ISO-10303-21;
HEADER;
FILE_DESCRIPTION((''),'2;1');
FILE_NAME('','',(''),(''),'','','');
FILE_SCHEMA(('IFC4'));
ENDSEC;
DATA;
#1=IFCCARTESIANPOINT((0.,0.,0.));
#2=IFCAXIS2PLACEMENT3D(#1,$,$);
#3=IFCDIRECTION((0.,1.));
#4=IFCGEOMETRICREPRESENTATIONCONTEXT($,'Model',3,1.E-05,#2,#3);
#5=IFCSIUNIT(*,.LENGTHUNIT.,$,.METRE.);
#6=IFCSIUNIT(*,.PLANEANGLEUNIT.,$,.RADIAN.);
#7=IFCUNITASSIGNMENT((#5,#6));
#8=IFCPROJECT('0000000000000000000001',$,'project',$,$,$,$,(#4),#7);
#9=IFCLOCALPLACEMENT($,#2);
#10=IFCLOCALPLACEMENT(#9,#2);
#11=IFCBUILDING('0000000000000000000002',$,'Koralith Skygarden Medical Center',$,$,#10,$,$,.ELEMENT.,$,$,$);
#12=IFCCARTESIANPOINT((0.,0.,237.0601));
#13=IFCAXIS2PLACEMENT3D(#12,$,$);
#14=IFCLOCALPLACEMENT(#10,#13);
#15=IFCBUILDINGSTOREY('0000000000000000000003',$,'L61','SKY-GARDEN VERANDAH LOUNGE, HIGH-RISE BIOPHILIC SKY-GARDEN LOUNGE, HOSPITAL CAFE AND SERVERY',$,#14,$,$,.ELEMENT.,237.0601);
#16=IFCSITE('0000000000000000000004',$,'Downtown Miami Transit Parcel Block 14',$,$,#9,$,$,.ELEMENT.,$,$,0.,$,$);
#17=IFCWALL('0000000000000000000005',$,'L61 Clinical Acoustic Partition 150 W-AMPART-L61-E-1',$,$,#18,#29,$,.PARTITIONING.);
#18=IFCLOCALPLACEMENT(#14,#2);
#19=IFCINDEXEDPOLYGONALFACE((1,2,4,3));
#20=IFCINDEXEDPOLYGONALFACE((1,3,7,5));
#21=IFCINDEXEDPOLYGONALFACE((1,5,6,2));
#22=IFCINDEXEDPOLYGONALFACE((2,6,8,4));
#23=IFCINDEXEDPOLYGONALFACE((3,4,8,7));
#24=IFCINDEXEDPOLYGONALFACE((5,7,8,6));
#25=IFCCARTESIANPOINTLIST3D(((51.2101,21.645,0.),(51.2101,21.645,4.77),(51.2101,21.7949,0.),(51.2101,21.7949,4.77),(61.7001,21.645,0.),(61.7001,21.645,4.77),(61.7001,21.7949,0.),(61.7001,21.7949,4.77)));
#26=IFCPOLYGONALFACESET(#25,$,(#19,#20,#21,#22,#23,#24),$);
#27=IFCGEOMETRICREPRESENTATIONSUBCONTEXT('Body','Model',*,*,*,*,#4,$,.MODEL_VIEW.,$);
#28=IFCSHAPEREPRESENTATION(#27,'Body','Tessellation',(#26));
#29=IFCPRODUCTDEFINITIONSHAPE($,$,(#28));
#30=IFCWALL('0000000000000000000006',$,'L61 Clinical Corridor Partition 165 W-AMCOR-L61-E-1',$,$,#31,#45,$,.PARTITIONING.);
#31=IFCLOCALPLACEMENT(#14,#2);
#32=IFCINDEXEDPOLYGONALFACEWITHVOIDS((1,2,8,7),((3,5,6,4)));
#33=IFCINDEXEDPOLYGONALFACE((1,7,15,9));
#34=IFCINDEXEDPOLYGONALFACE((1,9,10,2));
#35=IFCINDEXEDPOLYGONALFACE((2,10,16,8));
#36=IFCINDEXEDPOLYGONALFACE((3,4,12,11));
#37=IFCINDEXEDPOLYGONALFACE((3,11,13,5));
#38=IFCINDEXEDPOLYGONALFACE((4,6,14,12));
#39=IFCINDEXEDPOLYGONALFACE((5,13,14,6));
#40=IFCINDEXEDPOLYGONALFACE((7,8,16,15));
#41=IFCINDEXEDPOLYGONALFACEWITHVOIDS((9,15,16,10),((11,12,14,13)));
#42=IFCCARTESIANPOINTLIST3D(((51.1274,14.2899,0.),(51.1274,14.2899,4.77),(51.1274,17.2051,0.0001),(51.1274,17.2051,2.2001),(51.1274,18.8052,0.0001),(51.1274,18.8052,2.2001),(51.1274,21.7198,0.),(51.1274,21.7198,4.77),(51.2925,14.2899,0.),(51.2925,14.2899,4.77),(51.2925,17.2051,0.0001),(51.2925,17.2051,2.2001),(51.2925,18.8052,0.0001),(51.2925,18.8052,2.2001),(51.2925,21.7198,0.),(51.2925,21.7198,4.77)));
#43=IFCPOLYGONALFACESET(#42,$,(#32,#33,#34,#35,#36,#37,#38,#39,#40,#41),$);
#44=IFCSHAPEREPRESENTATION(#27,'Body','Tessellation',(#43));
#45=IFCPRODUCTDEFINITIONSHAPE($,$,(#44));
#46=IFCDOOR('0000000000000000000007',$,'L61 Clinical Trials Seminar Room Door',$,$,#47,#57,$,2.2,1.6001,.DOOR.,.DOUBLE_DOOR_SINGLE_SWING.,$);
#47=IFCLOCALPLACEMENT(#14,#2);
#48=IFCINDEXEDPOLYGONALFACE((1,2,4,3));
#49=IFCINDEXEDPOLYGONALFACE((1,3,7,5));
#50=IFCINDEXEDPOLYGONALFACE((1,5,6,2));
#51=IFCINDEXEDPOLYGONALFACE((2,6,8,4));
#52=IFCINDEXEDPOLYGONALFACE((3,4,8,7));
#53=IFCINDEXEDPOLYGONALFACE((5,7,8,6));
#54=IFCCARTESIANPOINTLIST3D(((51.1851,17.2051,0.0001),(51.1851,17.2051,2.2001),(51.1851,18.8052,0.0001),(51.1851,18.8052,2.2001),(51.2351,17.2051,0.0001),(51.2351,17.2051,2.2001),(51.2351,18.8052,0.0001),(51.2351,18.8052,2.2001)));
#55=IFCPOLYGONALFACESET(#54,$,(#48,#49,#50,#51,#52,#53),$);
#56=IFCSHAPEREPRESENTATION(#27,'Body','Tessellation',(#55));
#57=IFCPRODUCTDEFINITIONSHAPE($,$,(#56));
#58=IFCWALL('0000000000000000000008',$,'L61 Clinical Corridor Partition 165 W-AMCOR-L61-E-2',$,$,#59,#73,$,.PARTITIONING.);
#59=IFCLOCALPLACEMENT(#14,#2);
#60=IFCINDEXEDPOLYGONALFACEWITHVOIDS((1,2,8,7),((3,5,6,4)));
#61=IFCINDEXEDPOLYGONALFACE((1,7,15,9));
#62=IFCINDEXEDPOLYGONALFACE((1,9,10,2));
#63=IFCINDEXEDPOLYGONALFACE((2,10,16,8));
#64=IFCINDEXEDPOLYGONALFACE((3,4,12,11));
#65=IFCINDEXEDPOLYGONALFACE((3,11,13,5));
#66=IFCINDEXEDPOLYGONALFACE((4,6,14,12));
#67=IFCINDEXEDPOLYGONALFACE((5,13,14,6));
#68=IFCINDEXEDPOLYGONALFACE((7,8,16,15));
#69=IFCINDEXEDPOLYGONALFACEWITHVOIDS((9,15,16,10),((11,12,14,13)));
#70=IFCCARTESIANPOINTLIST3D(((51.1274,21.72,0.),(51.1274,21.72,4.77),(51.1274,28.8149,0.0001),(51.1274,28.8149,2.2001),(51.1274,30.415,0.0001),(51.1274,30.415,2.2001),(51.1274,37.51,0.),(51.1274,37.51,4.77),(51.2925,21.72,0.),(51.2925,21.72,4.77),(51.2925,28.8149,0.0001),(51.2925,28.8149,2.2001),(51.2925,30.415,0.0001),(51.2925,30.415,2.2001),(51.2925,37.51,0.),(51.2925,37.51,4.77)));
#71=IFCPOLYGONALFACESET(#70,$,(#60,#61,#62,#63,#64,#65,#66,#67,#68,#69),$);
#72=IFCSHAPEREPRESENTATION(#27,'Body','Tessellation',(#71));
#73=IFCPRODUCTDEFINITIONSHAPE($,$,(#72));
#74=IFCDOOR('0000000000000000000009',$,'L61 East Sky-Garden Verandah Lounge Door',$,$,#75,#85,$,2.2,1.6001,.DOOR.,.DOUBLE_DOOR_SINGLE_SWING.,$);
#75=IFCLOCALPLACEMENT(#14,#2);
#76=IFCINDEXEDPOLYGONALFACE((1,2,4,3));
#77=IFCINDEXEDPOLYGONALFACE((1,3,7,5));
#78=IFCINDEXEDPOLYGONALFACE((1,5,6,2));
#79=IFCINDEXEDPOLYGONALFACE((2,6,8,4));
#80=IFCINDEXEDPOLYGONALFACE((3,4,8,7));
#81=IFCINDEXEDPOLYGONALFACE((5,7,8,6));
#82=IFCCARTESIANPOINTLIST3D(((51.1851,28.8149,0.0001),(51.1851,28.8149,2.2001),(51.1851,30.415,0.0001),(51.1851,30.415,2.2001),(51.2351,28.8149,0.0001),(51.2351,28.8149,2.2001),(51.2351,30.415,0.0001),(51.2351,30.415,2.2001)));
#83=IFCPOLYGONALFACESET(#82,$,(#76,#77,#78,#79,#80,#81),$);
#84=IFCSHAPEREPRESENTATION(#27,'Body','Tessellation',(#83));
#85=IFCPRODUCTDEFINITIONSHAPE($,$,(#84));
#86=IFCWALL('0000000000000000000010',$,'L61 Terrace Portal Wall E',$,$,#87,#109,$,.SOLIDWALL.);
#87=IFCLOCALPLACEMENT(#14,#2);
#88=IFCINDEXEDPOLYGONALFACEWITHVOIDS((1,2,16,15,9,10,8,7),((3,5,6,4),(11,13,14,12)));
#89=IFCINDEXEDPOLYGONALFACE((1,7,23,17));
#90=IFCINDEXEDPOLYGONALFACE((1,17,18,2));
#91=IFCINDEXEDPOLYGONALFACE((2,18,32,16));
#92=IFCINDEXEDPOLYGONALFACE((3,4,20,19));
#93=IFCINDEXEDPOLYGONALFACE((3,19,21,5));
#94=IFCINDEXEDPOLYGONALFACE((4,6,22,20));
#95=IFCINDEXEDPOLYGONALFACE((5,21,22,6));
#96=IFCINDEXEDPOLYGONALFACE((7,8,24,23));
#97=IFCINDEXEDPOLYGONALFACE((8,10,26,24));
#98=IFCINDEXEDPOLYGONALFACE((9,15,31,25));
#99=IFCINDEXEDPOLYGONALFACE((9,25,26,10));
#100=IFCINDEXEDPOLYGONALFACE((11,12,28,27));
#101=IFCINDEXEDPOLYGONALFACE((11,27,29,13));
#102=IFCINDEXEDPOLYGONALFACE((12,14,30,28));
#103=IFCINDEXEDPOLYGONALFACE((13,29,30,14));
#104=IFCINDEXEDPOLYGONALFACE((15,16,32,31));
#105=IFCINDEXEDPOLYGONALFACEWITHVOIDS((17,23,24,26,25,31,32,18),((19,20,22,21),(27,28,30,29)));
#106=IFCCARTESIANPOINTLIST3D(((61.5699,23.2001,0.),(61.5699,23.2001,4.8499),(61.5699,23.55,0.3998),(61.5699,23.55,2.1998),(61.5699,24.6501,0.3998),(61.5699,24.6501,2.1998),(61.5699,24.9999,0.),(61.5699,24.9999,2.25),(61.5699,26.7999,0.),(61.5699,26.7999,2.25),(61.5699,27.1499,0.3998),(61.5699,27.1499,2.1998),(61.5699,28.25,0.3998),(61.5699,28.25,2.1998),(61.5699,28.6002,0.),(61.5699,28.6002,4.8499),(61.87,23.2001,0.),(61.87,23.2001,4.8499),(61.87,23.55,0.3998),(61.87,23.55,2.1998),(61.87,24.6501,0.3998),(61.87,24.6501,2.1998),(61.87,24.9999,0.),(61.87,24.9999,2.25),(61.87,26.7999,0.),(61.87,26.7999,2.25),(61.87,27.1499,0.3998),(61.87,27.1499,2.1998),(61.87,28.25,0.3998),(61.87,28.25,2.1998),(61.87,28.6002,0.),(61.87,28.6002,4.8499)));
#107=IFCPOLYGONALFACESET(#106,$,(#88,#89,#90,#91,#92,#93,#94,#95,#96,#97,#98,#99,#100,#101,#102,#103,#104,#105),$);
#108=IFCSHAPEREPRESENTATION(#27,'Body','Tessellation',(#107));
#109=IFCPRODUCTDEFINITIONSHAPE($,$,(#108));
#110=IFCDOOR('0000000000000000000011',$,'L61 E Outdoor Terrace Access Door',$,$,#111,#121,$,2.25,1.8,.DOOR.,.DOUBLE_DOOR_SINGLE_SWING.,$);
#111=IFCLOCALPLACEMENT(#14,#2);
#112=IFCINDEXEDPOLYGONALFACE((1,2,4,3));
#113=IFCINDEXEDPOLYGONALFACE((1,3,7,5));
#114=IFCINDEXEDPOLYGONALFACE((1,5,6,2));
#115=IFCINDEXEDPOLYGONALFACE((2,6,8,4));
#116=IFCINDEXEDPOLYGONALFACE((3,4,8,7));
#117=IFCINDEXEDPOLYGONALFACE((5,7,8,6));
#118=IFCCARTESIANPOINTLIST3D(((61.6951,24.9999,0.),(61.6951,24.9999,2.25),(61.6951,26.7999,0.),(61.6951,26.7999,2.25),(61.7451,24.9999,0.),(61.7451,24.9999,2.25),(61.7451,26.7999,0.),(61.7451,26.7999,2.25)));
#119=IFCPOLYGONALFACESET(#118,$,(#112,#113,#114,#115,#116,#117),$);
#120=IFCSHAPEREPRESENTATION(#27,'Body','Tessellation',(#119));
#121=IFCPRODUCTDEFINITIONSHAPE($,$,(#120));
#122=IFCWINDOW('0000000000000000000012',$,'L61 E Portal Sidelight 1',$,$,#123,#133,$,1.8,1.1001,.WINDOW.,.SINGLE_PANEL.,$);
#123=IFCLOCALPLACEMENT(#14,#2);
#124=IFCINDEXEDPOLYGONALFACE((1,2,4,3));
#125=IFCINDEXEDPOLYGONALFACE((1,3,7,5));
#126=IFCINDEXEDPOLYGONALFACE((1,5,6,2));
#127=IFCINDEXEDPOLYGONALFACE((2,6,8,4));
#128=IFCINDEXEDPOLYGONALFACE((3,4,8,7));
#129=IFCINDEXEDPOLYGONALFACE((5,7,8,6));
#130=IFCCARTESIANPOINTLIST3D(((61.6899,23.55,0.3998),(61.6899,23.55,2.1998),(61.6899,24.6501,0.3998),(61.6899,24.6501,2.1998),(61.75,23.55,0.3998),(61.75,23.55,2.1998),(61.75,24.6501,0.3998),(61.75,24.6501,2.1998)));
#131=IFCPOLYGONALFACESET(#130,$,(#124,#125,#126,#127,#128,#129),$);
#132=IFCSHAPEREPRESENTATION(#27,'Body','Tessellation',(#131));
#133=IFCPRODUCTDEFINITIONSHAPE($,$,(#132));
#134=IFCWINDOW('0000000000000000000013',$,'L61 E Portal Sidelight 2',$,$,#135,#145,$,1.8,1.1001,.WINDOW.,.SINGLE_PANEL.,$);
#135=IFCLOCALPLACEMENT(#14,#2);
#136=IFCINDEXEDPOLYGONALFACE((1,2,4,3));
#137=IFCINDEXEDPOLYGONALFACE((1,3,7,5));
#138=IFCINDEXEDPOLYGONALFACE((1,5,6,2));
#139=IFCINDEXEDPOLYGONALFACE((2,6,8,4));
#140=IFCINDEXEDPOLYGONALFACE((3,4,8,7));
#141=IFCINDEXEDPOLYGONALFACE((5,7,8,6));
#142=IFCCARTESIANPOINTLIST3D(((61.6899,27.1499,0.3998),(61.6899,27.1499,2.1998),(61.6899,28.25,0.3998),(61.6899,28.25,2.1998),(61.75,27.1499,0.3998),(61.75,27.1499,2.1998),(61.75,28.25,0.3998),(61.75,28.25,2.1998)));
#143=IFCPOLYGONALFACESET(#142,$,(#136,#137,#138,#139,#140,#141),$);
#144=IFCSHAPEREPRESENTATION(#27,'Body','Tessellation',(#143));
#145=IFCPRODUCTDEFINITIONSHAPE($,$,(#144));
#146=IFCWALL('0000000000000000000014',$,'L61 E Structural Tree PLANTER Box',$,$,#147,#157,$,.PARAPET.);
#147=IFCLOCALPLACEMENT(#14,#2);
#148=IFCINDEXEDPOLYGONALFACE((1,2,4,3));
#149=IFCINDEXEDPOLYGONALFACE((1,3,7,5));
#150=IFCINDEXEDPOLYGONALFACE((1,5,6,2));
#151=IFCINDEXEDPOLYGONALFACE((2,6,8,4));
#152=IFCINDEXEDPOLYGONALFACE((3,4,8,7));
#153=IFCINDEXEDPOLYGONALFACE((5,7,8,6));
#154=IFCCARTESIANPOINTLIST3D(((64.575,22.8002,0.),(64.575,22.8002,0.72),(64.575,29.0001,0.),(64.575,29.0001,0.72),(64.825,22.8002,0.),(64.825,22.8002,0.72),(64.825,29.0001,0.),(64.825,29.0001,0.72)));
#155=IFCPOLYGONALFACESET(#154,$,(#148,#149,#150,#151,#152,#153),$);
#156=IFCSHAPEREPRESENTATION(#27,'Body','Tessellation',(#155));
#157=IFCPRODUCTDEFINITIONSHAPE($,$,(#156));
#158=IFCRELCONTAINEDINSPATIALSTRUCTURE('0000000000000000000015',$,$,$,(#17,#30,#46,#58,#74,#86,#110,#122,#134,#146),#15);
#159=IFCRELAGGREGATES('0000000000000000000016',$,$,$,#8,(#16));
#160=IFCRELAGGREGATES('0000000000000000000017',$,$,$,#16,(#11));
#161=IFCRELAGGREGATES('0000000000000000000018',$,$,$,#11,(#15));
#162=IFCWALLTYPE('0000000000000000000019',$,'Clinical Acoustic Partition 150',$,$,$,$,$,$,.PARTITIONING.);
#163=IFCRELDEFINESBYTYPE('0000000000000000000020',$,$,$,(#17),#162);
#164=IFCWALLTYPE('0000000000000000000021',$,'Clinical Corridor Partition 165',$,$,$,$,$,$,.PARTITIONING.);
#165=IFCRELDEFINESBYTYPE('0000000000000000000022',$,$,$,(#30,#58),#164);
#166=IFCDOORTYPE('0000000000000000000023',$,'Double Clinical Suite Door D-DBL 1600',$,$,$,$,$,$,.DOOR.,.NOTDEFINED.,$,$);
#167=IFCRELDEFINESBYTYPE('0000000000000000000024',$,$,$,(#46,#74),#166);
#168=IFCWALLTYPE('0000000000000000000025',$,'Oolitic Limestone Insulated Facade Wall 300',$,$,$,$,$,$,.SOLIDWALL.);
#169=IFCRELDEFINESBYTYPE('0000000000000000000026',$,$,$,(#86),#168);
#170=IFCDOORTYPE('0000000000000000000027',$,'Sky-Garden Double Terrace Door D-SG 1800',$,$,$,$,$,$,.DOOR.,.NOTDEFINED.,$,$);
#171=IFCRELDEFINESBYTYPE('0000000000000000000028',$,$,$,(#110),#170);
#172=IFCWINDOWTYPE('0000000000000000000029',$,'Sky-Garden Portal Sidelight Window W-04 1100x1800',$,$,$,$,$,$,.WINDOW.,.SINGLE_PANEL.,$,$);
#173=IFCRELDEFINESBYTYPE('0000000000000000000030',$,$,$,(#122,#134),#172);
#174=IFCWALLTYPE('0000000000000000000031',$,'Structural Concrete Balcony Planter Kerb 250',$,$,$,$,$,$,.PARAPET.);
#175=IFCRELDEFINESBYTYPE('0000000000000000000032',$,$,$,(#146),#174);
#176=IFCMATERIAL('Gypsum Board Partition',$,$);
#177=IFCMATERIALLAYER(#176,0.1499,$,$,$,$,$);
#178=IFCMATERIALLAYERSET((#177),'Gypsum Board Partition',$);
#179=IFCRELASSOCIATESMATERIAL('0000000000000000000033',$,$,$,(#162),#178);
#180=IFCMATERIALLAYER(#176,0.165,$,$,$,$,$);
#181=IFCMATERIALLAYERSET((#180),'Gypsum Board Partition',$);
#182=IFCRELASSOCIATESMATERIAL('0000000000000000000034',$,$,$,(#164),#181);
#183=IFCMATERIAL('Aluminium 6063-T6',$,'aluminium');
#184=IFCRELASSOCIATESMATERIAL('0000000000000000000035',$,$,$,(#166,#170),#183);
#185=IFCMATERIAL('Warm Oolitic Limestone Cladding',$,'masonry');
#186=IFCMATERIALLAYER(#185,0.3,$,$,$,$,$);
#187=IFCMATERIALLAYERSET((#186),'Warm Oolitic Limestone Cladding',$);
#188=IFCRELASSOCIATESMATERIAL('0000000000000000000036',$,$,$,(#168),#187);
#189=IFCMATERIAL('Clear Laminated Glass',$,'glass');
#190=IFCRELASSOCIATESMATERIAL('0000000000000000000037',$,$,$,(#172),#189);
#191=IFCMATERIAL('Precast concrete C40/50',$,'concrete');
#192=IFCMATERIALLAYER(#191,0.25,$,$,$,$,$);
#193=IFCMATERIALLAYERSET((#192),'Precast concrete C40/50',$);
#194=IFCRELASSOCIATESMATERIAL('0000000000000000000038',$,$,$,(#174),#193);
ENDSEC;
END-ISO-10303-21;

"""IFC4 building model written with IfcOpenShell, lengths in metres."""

from ifc_helpers import new_model, si_unit, direction, frame, frame_2d, origin, place, context, subcontext, project, spatial, rectangle, extrude, material, layer, layer_set, type_object, element, fill, save


model = new_model("IFC4")

# Units and contexts
model_context = context("Model", 3, precision=1e-05, world=origin(), true_north=direction((0.0, 1.0)))
body_context = subcontext(model_context, "Body", "Model", "MODEL_VIEW")
ifc_project = project(units=[si_unit("LENGTHUNIT", "METRE"), si_unit("PLANEANGLEUNIT", "RADIAN")], contexts=[model_context])

# Site, building, storey
site_placement = place(None, origin())
site = spatial("IfcSite", under=ifc_project, at=site_placement, Name="Downtown Miami Transit Parcel Block 14", CompositionType="ELEMENT", RefElevation=0.0)
building_placement = place(site_placement, origin())
building = spatial("IfcBuilding", under=site, at=building_placement, Name="Koralith Skygarden Medical Center", CompositionType="ELEMENT")
storey_placement = place(building_placement, frame((0.0, 0.0, 237.0601)))
storey = spatial("IfcBuildingStorey", under=building, at=storey_placement, Name="L61", Description="SKY-GARDEN VERANDAH LOUNGE, HIGH-RISE BIOPHILIC SKY-GARDEN LOUNGE, HOSPITAL CAFE AND SERVERY", CompositionType="ELEMENT", Elevation=237.0601)

# Shared definitions
ifc_material_1 = material(Name="Clear Laminated Glass", Category="glass")
ifc_material_2 = material(Name="Aluminium 6063-T6", Category="aluminium")

# Wall
ifc_material_3 = material(Name="Gypsum Board Partition")
ifc_layer_1 = layer(ifc_material_3, 0.1499)
ifc_layer_set_1 = layer_set([ifc_layer_1], Name="Gypsum Board Partition")
wall_type_1 = type_object("IfcWallType", Name="Clinical Acoustic Partition 150", PredefinedType="PARTITIONING", material=ifc_layer_set_1)
wall_1_placement = place(storey_placement, frame((51.21, 21.72, 0.0), z_axis=(0.0, 0.0, 1.0), x_axis=(1.0, 0.0, 0.0)))
element("IfcWall", 1, at=wall_1_placement, inside=storey, type_object=wall_type_1, Name="L61 Clinical Acoustic Partition 150 W-AMPART-L61-E-1", PredefinedType="PARTITIONING", context=body_context, shape_type="SweptSolid", body=[
    extrude(rectangle(XDim=10.49, YDim=0.1499, at=frame_2d((5.2451, 0.0))), origin(), (0.0, 0.0, 1.0), 4.77),
])

# Walls, openings, doors
ifc_layer_2 = layer(ifc_material_3, 0.165)
ifc_layer_set_2 = layer_set([ifc_layer_2], Name="Gypsum Board Partition")
wall_type_2 = type_object("IfcWallType", Name="Clinical Corridor Partition 165", PredefinedType="PARTITIONING", material=ifc_layer_set_2)
wall_2_placement = place(storey_placement, frame((51.21, 14.29, 0.0), z_axis=(0.0, 0.0, 1.0), x_axis=(0.0, 1.0, 0.0)))
wall_2 = element("IfcWall", 2, at=wall_2_placement, inside=storey, type_object=wall_type_2, Name="L61 Clinical Corridor Partition 165 W-AMCOR-L61-E-1", PredefinedType="PARTITIONING", context=body_context, shape_type="SweptSolid", body=[
    extrude(rectangle(XDim=7.4299, YDim=0.165, at=frame_2d((3.7148, 0.0))), origin(), (0.0, 0.0, 1.0), 4.77),
])
opening_1_placement = place(wall_2_placement, frame((2.915, 0.0, 0.0)))
opening_1 = element("IfcOpeningElement", 3, at=opening_1_placement, cuts=wall_2, PredefinedType="OPENING", context=body_context, shape_type="SweptSolid", body=[
    extrude(rectangle(XDim=1.6001, YDim=2.2, at=frame_2d((0.8, 1.1001))), frame((0.0, 0.0925, 0.0), z_axis=(0.0, -1.0, 0.0), x_axis=(1.0, 0.0, 0.0)), (0.0, 0.0, 1.0), 0.1851),
])
door_type_1 = type_object("IfcDoorType", Name="Double Clinical Suite Door D-DBL 1600", OperationType="NOTDEFINED", PredefinedType="DOOR", material=ifc_material_2)
door_1_placement = place(opening_1_placement, origin())
door_1 = element("IfcDoor", 4, at=door_1_placement, inside=storey, type_object=door_type_1, Name="L61 Clinical Trials Seminar Room Door", OperationType="DOUBLE_DOOR_SINGLE_SWING", OverallHeight=2.2, OverallWidth=1.6001, PredefinedType="DOOR", context=body_context, shape_type="SweptSolid", body=[
    extrude(rectangle(XDim=1.6001, YDim=2.2, at=frame_2d((0.8, 1.1001))), frame((0.0, 0.0249, 0.0), z_axis=(0.0, -1.0, 0.0), x_axis=(1.0, 0.0, 0.0)), (0.0, 0.0, 1.0), 0.05),
])
fill(opening_1, door_1)
wall_3_placement = place(storey_placement, frame((51.21, 21.72, 0.0), z_axis=(0.0, 0.0, 1.0), x_axis=(0.0, 1.0, 0.0)))
wall_3 = element("IfcWall", 5, at=wall_3_placement, inside=storey, type_object=wall_type_2, Name="L61 Clinical Corridor Partition 165 W-AMCOR-L61-E-2", PredefinedType="PARTITIONING", context=body_context, shape_type="SweptSolid", body=[
    extrude(rectangle(XDim=15.79, YDim=0.165, at=frame_2d((7.895, 0.0))), origin(), (0.0, 0.0, 1.0), 4.77),
])
opening_2_placement = place(wall_3_placement, frame((7.095, 0.0, 0.0)))
opening_2 = element("IfcOpeningElement", 6, at=opening_2_placement, cuts=wall_3, PredefinedType="OPENING", context=body_context, shape_type="SweptSolid", body=[
    extrude(rectangle(XDim=1.6001, YDim=2.2, at=frame_2d((0.8, 1.1001))), frame((0.0, 0.0925, 0.0), z_axis=(0.0, -1.0, 0.0), x_axis=(1.0, 0.0, 0.0)), (0.0, 0.0, 1.0), 0.1851),
])
door_2_placement = place(opening_2_placement, origin())
door_2 = element("IfcDoor", 7, at=door_2_placement, inside=storey, type_object=door_type_1, Name="L61 East Sky-Garden Verandah Lounge Door", OperationType="DOUBLE_DOOR_SINGLE_SWING", OverallHeight=2.2, OverallWidth=1.6001, PredefinedType="DOOR", context=body_context, shape_type="SweptSolid", body=[
    extrude(rectangle(XDim=1.6001, YDim=2.2, at=frame_2d((0.8, 1.1001))), frame((0.0, 0.0249, 0.0), z_axis=(0.0, -1.0, 0.0), x_axis=(1.0, 0.0, 0.0)), (0.0, 0.0, 1.0), 0.05),
])
fill(opening_2, door_2)

# Wall, openings, door, windows
ifc_material_4 = material(Name="Warm Oolitic Limestone Cladding", Category="masonry")
ifc_layer_3 = layer(ifc_material_4, 0.3)
ifc_layer_set_3 = layer_set([ifc_layer_3], Name="Warm Oolitic Limestone Cladding")
wall_type_3 = type_object("IfcWallType", Name="Oolitic Limestone Insulated Facade Wall 300", PredefinedType="SOLIDWALL", material=ifc_layer_set_3)
wall_4_placement = place(storey_placement, frame((61.72, 23.2, 0.0), z_axis=(0.0, 0.0, 1.0), x_axis=(0.0, 1.0, 0.0)))
wall_4 = element("IfcWall", 8, at=wall_4_placement, inside=storey, type_object=wall_type_3, Name="L61 Terrace Portal Wall E", PredefinedType="SOLIDWALL", context=body_context, shape_type="SweptSolid", body=[
    extrude(rectangle(XDim=5.4001, YDim=0.3, at=frame_2d((2.7002, 0.0))), origin(), (0.0, 0.0, 1.0), 4.8499),
])
opening_3_placement = place(wall_4_placement, frame((1.8, 0.0, 0.0)))
opening_3 = element("IfcOpeningElement", 9, at=opening_3_placement, cuts=wall_4, PredefinedType="OPENING", context=body_context, shape_type="SweptSolid", body=[
    extrude(rectangle(XDim=1.8, YDim=2.25, at=frame_2d((0.8999, 1.125))), frame((0.0, 0.1599, 0.0), z_axis=(0.0, -1.0, 0.0), x_axis=(1.0, 0.0, 0.0)), (0.0, 0.0, 1.0), 0.3201),
])
opening_4_placement = place(wall_4_placement, frame((0.3501, 0.0, 0.3999)))
opening_4 = element("IfcOpeningElement", 10, at=opening_4_placement, cuts=wall_4, PredefinedType="OPENING", context=body_context, shape_type="SweptSolid", body=[
    extrude(rectangle(XDim=1.1001, YDim=1.8, at=frame_2d((0.55, 0.8999))), frame((0.0, 0.1599, 0.0), z_axis=(0.0, -1.0, 0.0), x_axis=(1.0, 0.0, 0.0)), (0.0, 0.0, 1.0), 0.3201),
])
opening_5_placement = place(wall_4_placement, frame((3.95, 0.0, 0.3999)))
opening_5 = element("IfcOpeningElement", 11, at=opening_5_placement, cuts=wall_4, PredefinedType="OPENING", context=body_context, shape_type="SweptSolid", body=[
    extrude(rectangle(XDim=1.1001, YDim=1.8, at=frame_2d((0.55, 0.8999))), frame((0.0, 0.1599, 0.0), z_axis=(0.0, -1.0, 0.0), x_axis=(1.0, 0.0, 0.0)), (0.0, 0.0, 1.0), 0.3201),
])
door_type_2 = type_object("IfcDoorType", Name="Sky-Garden Double Terrace Door D-SG 1800", OperationType="NOTDEFINED", PredefinedType="DOOR", material=ifc_material_2)
door_3_placement = place(opening_3_placement, origin())
door_3 = element("IfcDoor", 12, at=door_3_placement, inside=storey, type_object=door_type_2, Name="L61 E Outdoor Terrace Access Door", OperationType="DOUBLE_DOOR_SINGLE_SWING", OverallHeight=2.25, OverallWidth=1.8, PredefinedType="DOOR", context=body_context, shape_type="SweptSolid", body=[
    extrude(rectangle(XDim=1.8, YDim=2.25, at=frame_2d((0.8999, 1.125))), frame((0.0, 0.0249, 0.0), z_axis=(0.0, -1.0, 0.0), x_axis=(1.0, 0.0, 0.0)), (0.0, 0.0, 1.0), 0.05),
])
fill(opening_3, door_3)
window_type = type_object("IfcWindowType", Name="Sky-Garden Portal Sidelight Window W-04 1100x1800", PartitioningType="SINGLE_PANEL", PredefinedType="WINDOW", material=ifc_material_1)
window_1_placement = place(opening_4_placement, origin())
window_1 = element("IfcWindow", 13, at=window_1_placement, inside=storey, type_object=window_type, Name="L61 E Portal Sidelight 1", OverallHeight=1.8, OverallWidth=1.1001, PartitioningType="SINGLE_PANEL", PredefinedType="WINDOW", context=body_context, shape_type="SweptSolid", body=[
    extrude(rectangle(XDim=1.1001, YDim=1.8, at=frame_2d((0.55, 0.8999))), frame((0.0, 0.03, 0.0), z_axis=(0.0, -1.0, 0.0), x_axis=(1.0, 0.0, 0.0)), (0.0, 0.0, 1.0), 0.0601),
])
fill(opening_4, window_1)
window_2_placement = place(opening_5_placement, origin())
window_2 = element("IfcWindow", 14, at=window_2_placement, inside=storey, type_object=window_type, Name="L61 E Portal Sidelight 2", OverallHeight=1.8, OverallWidth=1.1001, PartitioningType="SINGLE_PANEL", PredefinedType="WINDOW", context=body_context, shape_type="SweptSolid", body=[
    extrude(rectangle(XDim=1.1001, YDim=1.8, at=frame_2d((0.55, 0.8999))), frame((0.0, 0.03, 0.0), z_axis=(0.0, -1.0, 0.0), x_axis=(1.0, 0.0, 0.0)), (0.0, 0.0, 1.0), 0.0601),
])
fill(opening_5, window_2)

# Wall
ifc_material_5 = material(Name="Precast concrete C40/50", Category="concrete")
ifc_layer_4 = layer(ifc_material_5, 0.25)
ifc_layer_set_4 = layer_set([ifc_layer_4], Name="Precast concrete C40/50")
wall_type_4 = type_object("IfcWallType", Name="Structural Concrete Balcony Planter Kerb 250", PredefinedType="PARAPET", material=ifc_layer_set_4)
wall_5_placement = place(storey_placement, frame((64.7, 22.8, 0.0), z_axis=(0.0, 0.0, 1.0), x_axis=(0.0, 1.0, 0.0)))
element("IfcWall", 15, at=wall_5_placement, inside=storey, type_object=wall_type_4, Name="L61 E Structural Tree PLANTER Box", PredefinedType="PARAPET", context=body_context, shape_type="SweptSolid", body=[
    extrude(rectangle(XDim=6.2, YDim=0.25, at=frame_2d((3.1001, 0.0))), origin(), (0.0, 0.0, 1.0), 0.72),
])

save(model, "model.ifc")
